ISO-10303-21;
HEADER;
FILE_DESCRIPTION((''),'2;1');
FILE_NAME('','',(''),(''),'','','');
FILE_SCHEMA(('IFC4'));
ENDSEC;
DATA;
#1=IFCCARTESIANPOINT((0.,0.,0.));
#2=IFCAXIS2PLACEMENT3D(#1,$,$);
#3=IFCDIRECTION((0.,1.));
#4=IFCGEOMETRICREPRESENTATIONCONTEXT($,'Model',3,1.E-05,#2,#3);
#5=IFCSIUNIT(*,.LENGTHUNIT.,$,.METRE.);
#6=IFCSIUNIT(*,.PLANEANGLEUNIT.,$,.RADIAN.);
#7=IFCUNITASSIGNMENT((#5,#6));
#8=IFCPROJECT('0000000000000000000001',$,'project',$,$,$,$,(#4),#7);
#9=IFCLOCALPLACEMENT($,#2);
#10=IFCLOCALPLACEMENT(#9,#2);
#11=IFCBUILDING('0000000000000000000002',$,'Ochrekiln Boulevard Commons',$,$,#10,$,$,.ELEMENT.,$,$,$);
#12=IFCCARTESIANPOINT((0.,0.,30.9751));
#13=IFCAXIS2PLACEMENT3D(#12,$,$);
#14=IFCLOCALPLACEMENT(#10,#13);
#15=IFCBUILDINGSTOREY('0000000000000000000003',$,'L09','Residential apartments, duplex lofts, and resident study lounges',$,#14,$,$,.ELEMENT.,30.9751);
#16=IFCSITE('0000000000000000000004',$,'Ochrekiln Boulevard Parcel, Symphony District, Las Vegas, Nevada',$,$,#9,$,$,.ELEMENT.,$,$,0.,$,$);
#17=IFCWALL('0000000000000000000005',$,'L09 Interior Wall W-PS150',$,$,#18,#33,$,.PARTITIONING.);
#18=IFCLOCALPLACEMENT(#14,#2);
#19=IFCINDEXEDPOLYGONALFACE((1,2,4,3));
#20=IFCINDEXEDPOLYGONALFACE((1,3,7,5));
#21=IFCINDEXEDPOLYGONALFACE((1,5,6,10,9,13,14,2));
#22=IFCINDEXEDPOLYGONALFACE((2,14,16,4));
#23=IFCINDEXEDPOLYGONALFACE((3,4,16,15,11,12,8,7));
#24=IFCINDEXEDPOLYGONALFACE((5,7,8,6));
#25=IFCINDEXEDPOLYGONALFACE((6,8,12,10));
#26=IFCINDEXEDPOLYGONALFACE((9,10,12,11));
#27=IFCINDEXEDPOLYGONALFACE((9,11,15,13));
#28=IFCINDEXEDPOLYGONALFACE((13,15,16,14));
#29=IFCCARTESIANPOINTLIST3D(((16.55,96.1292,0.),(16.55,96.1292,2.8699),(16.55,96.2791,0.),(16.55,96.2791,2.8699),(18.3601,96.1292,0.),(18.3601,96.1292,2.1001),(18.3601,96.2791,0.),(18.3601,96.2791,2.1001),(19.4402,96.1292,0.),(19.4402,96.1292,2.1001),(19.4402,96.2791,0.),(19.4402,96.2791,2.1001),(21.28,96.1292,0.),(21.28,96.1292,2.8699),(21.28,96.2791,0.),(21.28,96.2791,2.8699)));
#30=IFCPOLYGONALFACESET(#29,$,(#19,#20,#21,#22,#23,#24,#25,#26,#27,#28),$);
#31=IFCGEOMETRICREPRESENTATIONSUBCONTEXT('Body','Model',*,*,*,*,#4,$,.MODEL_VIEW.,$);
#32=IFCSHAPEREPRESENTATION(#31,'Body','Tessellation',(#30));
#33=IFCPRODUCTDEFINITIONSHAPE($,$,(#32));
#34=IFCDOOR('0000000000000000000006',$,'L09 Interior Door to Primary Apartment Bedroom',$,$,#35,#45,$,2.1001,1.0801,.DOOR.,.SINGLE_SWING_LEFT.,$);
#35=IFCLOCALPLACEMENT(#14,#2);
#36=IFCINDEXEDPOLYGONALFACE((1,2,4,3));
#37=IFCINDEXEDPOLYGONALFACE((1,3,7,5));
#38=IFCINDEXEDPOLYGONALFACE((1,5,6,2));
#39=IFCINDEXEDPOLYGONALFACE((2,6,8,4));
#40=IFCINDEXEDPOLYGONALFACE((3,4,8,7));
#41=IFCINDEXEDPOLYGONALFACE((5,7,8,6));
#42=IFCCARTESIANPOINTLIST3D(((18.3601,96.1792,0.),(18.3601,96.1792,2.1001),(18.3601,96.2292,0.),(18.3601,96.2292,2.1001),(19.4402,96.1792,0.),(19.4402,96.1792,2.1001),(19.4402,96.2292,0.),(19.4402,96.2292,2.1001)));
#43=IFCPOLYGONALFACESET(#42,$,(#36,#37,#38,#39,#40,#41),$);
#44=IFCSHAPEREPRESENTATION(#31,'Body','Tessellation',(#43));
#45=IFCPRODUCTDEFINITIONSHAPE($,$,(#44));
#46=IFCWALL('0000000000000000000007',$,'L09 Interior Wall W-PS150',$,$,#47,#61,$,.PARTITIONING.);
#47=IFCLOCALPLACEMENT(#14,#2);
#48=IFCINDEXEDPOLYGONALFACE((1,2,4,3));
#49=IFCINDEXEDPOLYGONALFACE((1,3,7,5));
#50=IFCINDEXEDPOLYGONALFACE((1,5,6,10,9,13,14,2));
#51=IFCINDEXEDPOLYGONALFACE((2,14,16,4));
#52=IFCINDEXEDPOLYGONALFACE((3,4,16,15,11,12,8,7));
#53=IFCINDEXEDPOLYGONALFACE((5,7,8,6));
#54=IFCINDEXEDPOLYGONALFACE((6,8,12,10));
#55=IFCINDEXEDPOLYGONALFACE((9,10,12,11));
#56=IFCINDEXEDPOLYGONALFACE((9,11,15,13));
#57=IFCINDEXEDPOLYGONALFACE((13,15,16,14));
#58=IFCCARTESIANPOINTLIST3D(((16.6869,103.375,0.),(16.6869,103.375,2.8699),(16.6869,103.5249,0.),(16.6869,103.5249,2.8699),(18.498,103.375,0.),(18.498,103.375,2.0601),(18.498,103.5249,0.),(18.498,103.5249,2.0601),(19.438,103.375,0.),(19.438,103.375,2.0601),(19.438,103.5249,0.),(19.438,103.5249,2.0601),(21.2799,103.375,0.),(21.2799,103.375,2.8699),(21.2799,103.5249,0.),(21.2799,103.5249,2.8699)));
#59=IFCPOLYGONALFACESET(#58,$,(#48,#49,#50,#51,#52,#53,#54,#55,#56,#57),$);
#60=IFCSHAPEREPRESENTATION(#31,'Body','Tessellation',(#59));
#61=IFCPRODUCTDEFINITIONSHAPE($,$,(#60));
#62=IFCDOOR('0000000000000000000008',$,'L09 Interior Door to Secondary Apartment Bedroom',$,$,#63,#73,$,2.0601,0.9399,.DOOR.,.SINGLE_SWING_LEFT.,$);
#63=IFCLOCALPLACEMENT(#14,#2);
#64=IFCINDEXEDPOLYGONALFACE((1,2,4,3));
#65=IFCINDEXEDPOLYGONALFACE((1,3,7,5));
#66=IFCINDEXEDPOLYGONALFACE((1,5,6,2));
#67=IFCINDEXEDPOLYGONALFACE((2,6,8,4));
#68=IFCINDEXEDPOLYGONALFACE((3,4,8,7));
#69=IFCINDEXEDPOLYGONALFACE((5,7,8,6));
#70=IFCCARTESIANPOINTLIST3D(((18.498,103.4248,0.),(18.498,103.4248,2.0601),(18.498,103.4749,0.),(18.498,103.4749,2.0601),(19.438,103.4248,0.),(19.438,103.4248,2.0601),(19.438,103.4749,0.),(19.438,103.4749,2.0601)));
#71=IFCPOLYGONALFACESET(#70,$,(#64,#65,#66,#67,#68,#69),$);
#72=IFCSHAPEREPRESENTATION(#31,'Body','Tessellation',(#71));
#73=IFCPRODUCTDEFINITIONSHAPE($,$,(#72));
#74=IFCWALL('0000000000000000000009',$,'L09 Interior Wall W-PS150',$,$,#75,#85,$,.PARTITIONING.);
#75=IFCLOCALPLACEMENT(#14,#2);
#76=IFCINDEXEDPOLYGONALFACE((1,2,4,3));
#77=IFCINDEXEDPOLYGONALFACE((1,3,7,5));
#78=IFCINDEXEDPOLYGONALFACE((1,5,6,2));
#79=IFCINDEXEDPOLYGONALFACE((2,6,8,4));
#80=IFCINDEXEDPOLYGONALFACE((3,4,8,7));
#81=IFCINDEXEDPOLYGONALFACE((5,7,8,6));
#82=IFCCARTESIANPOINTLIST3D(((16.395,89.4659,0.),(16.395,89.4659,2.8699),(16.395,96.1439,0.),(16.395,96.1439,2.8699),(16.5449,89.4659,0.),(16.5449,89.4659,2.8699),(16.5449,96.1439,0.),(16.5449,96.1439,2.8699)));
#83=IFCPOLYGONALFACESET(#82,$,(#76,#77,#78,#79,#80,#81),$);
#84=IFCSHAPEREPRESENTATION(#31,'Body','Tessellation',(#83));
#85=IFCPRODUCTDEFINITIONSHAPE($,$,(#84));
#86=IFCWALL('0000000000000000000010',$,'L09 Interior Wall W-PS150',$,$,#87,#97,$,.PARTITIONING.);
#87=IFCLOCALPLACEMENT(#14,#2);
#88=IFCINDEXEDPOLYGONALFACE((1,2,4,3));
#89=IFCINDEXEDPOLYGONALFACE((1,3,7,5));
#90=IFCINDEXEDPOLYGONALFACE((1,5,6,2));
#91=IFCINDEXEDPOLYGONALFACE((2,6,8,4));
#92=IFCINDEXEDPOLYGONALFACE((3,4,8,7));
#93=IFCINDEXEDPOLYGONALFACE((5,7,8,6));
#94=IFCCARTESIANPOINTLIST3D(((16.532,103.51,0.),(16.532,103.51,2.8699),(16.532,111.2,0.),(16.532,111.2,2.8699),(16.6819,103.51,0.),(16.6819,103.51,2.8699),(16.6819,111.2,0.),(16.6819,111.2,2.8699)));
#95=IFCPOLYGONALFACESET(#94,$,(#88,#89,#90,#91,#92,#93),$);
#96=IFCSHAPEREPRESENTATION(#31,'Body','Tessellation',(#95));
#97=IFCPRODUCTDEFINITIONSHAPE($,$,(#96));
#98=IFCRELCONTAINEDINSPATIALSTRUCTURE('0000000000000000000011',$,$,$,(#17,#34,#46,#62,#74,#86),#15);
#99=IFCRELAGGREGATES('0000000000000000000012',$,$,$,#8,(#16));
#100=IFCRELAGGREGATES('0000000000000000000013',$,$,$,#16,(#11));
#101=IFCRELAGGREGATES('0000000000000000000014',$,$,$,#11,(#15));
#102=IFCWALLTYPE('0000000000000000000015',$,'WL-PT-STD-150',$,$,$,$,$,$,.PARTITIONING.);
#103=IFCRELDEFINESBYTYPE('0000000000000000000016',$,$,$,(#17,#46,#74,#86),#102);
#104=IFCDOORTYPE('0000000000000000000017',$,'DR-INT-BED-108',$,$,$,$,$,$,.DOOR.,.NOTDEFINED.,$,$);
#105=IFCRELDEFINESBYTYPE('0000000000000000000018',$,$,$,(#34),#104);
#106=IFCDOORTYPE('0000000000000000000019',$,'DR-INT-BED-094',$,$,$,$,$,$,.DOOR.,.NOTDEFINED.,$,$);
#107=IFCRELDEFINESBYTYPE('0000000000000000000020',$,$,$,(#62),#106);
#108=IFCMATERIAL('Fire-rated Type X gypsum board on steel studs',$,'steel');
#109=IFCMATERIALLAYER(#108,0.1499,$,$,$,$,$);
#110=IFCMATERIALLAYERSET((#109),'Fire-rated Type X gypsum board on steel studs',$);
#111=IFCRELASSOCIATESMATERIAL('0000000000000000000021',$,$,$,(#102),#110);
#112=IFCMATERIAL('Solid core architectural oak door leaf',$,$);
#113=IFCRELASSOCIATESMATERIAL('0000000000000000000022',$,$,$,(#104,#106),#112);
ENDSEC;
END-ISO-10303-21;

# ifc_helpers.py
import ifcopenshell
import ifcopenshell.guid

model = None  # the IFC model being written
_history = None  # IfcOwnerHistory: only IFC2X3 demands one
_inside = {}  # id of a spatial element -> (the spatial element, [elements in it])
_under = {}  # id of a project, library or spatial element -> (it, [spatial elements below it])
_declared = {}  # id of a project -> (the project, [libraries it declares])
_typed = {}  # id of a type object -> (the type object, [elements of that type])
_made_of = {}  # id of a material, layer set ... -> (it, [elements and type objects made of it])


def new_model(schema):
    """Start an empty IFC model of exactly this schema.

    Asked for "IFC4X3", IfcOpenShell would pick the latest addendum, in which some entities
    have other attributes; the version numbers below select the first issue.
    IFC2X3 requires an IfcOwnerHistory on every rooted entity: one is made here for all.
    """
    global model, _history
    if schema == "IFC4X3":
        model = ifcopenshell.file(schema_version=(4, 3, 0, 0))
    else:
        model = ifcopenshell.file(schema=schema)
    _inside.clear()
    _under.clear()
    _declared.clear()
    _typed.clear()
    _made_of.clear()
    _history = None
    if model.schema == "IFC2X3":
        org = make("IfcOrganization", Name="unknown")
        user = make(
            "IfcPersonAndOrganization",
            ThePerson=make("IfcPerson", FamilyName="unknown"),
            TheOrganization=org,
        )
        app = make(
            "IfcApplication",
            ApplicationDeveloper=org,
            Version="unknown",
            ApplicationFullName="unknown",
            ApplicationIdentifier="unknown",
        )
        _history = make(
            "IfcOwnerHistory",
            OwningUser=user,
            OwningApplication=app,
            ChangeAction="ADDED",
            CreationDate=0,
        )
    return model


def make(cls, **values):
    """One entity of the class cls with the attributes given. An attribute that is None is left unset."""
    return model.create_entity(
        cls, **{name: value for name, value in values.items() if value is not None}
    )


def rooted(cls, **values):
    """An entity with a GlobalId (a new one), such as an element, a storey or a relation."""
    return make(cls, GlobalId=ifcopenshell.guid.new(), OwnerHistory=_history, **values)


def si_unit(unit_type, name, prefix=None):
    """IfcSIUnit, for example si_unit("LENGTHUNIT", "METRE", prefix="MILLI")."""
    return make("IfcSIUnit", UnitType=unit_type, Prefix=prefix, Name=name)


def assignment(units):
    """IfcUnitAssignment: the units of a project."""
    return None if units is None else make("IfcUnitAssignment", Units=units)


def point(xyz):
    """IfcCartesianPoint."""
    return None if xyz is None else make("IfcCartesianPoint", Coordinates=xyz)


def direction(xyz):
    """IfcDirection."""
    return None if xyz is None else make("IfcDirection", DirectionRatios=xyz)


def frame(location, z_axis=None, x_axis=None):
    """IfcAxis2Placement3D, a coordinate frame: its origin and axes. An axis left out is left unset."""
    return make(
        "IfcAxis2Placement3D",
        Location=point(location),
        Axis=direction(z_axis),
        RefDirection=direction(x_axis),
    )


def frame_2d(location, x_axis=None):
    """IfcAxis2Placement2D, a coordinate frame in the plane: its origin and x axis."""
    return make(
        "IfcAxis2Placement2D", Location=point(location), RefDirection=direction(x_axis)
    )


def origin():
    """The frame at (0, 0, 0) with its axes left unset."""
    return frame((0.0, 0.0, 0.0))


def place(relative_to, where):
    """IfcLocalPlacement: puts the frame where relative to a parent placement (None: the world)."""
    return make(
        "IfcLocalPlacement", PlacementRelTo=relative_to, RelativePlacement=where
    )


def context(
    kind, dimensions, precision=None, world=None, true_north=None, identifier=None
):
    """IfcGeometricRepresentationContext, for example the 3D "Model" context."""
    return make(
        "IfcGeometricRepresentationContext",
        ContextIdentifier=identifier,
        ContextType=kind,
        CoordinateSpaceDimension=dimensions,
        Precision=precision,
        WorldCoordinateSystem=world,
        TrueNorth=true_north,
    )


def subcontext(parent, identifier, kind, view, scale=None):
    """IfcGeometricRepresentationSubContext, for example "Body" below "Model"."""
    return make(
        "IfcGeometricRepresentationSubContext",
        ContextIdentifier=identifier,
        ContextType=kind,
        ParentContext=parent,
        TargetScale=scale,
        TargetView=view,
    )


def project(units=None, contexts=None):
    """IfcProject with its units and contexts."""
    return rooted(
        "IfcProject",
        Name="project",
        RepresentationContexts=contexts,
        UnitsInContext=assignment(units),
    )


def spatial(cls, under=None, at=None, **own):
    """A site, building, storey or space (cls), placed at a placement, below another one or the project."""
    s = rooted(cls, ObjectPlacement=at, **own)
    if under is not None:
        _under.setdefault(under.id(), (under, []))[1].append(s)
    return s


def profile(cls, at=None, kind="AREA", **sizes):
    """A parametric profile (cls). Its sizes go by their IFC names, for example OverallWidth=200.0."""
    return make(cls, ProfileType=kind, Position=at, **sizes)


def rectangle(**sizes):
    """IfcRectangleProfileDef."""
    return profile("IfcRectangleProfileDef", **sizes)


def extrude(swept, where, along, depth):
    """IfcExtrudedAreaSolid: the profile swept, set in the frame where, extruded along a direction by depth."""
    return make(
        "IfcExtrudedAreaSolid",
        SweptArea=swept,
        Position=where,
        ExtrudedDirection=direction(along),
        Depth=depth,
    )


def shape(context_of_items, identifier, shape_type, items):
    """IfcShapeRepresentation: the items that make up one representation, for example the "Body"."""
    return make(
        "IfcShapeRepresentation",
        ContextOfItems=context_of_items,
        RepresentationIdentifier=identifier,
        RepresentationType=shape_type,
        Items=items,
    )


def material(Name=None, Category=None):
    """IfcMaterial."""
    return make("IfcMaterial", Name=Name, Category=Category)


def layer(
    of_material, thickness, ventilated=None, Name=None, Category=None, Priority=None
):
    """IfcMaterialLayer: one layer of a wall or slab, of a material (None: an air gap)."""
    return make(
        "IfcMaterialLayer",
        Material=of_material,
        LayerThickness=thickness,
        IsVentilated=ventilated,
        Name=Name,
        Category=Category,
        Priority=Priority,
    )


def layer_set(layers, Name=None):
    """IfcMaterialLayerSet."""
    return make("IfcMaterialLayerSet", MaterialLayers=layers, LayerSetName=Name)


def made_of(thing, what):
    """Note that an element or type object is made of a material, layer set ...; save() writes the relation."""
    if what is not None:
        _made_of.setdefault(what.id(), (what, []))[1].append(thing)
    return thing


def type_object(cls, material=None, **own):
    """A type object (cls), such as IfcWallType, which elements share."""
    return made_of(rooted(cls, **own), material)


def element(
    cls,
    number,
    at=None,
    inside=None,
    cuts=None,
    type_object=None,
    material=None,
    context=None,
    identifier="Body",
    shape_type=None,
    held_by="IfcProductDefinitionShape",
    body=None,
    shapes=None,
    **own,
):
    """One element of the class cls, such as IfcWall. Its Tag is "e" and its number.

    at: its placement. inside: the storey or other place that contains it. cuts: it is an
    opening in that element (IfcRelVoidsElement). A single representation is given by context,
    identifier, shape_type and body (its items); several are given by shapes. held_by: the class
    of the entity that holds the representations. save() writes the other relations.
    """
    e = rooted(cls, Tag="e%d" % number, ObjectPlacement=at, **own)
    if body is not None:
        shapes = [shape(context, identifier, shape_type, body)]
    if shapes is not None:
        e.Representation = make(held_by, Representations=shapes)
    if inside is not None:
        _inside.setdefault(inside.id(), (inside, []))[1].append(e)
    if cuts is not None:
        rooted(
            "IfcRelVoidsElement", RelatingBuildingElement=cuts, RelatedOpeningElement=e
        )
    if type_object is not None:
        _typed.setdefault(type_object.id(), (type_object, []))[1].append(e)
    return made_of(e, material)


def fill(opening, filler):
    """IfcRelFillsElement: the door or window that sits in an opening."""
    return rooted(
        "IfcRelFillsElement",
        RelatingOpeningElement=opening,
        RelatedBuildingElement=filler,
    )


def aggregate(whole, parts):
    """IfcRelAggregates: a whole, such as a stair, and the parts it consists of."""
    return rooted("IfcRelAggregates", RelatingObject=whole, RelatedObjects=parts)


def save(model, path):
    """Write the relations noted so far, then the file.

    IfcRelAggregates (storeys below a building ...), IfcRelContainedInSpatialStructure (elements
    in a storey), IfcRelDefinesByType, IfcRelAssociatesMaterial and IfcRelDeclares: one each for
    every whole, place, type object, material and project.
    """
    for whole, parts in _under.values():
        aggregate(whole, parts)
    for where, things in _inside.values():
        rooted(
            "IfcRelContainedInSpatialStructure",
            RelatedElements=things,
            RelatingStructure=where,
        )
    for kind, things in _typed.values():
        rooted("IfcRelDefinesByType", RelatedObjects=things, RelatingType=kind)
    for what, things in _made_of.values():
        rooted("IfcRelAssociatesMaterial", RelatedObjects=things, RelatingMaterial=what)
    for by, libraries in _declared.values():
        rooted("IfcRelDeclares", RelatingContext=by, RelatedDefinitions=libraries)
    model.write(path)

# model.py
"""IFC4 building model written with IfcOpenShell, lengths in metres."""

from ifc_helpers import new_model, si_unit, direction, frame, frame_2d, origin, place, context, subcontext, project, spatial, rectangle, extrude, material, layer, layer_set, type_object, element, fill, save


model = new_model("IFC4")

# Units and contexts
model_context = context("Model", 3, precision=1e-05, world=origin(), true_north=direction((0.0, 1.0)))
body_context = subcontext(model_context, "Body", "Model", "MODEL_VIEW")
ifc_project = project(units=[si_unit("LENGTHUNIT", "METRE"), si_unit("PLANEANGLEUNIT", "RADIAN")], contexts=[model_context])

# Site, building, storey
site_placement = place(None, origin())
site = spatial("IfcSite", under=ifc_project, at=site_placement, Name="Ochrekiln Boulevard Parcel, Symphony District, Las Vegas, Nevada", CompositionType="ELEMENT", RefElevation=0.0)
building_placement = place(site_placement, origin())
building = spatial("IfcBuilding", under=site, at=building_placement, Name="Ochrekiln Boulevard Commons", CompositionType="ELEMENT")
storey_placement = place(building_placement, frame((0.0, 0.0, 30.9751)))
storey = spatial("IfcBuildingStorey", under=building, at=storey_placement, Name="L09", Description="Residential apartments, duplex lofts, and resident study lounges", CompositionType="ELEMENT", Elevation=30.9751)

# Shared definitions
ifc_material_1 = material(Name="Fire-rated Type X gypsum board on steel studs", Category="steel")

# Walls, openings, doors
ifc_layer_1 = layer(ifc_material_1, 0.1499)
ifc_layer_set_1 = layer_set([ifc_layer_1], Name="Fire-rated Type X gypsum board on steel studs")
wall_type_1 = type_object("IfcWallType", Name="WL-PT-STD-150", PredefinedType="PARTITIONING", material=ifc_layer_set_1)
wall_1_placement = place(storey_placement, frame((16.55, 96.2041, 0.0), z_axis=(0.0, 0.0, 1.0), x_axis=(1.0, 0.0, 0.0)))
wall_1 = element("IfcWall", 1, at=wall_1_placement, inside=storey, type_object=wall_type_1, Name="L09 Interior Wall W-PS150", PredefinedType="PARTITIONING", context=body_context, shape_type="SweptSolid", body=[
    extrude(rectangle(XDim=4.73, YDim=0.1499, at=frame_2d((2.365, 0.0))), origin(), (0.0, 0.0, 1.0), 2.8699),
])
opening_1_placement = place(wall_1_placement, frame((1.8101, 0.0, 0.0)))
opening_1 = element("IfcOpeningElement", 2, at=opening_1_placement, cuts=wall_1, PredefinedType="OPENING", context=body_context, shape_type="SweptSolid", body=[
    extrude(rectangle(XDim=1.0801, YDim=2.1001, at=frame_2d((0.54, 1.05))), frame((0.0, 0.085, 0.0), z_axis=(0.0, -1.0, 0.0), x_axis=(1.0, 0.0, 0.0)), (0.0, 0.0, 1.0), 0.1699),
])
ifc_material_2 = material(Name="Solid core architectural oak door leaf")
door_type_1 = type_object("IfcDoorType", Name="DR-INT-BED-108", OperationType="NOTDEFINED", PredefinedType="DOOR", material=ifc_material_2)
door_1_placement = place(opening_1_placement, frame((1.0801, 0.0, 0.0), z_axis=(0.0, 0.0, 1.0), x_axis=(-1.0, 0.0, 0.0)))
door_1 = element("IfcDoor", 3, at=door_1_placement, inside=storey, type_object=door_type_1, Name="L09 Interior Door to Primary Apartment Bedroom", OperationType="SINGLE_SWING_LEFT", OverallHeight=2.1001, OverallWidth=1.0801, PredefinedType="DOOR", context=body_context, shape_type="SweptSolid", body=[
    extrude(rectangle(XDim=1.0801, YDim=2.1001, at=frame_2d((0.54, 1.05))), frame((0.0, 0.0249, 0.0), z_axis=(0.0, -1.0, 0.0), x_axis=(1.0, 0.0, 0.0)), (0.0, 0.0, 1.0), 0.05),
])
fill(opening_1, door_1)
wall_2_placement = place(storey_placement, frame((16.687, 103.45, 0.0), z_axis=(0.0, 0.0, 1.0), x_axis=(1.0, 0.0, 0.0)))
wall_2 = element("IfcWall", 4, at=wall_2_placement, inside=storey, type_object=wall_type_1, Name="L09 Interior Wall W-PS150", PredefinedType="PARTITIONING", context=body_context, shape_type="SweptSolid", body=[
    extrude(rectangle(XDim=4.593, YDim=0.1499, at=frame_2d((2.2964, 0.0))), origin(), (0.0, 0.0, 1.0), 2.8699),
])
opening_2_placement = place(wall_2_placement, frame((1.811, 0.0, 0.0)))
opening_2 = element("IfcOpeningElement", 5, at=opening_2_placement, cuts=wall_2, PredefinedType="OPENING", context=body_context, shape_type="SweptSolid", body=[
    extrude(rectangle(XDim=0.9399, YDim=2.0601, at=frame_2d((0.47, 1.03))), frame((0.0, 0.085, 0.0), z_axis=(0.0, -1.0, 0.0), x_axis=(1.0, 0.0, 0.0)), (0.0, 0.0, 1.0), 0.1699),
])
door_type_2 = type_object("IfcDoorType", Name="DR-INT-BED-094", OperationType="NOTDEFINED", PredefinedType="DOOR", material=ifc_material_2)
door_2_placement = place(opening_2_placement, origin())
door_2 = element("IfcDoor", 6, at=door_2_placement, inside=storey, type_object=door_type_2, Name="L09 Interior Door to Secondary Apartment Bedroom", OperationType="SINGLE_SWING_LEFT", OverallHeight=2.0601, OverallWidth=0.9399, PredefinedType="DOOR", context=body_context, shape_type="SweptSolid", body=[
    extrude(rectangle(XDim=0.9399, YDim=2.0601, at=frame_2d((0.47, 1.03))), frame((0.0, 0.0249, 0.0), z_axis=(0.0, -1.0, 0.0), x_axis=(1.0, 0.0, 0.0)), (0.0, 0.0, 1.0), 0.05),
])
fill(opening_2, door_2)

# Walls
wall_3_placement = place(storey_placement, frame((16.47, 89.4661, 0.0), z_axis=(0.0, 0.0, 1.0), x_axis=(0.0, 1.0, 0.0)))
element("IfcWall", 7, at=wall_3_placement, inside=storey, type_object=wall_type_1, Name="L09 Interior Wall W-PS150", PredefinedType="PARTITIONING", context=body_context, shape_type="SweptSolid", body=[
    extrude(rectangle(XDim=6.678, YDim=0.1499, at=frame_2d((3.3389, 0.0))), origin(), (0.0, 0.0, 1.0), 2.8699),
])
wall_4_placement = place(storey_placement, frame((16.6069, 103.51, 0.0), z_axis=(0.0, 0.0, 1.0), x_axis=(0.0, 1.0, 0.0)))
element("IfcWall", 8, at=wall_4_placement, inside=storey, type_object=wall_type_1, Name="L09 Interior Wall W-PS150", PredefinedType="PARTITIONING", context=body_context, shape_type="SweptSolid", body=[
    extrude(rectangle(XDim=7.6899, YDim=0.1499, at=frame_2d((3.845, 0.0))), origin(), (0.0, 0.0, 1.0), 2.8699),
])

save(model, "model.ifc")
